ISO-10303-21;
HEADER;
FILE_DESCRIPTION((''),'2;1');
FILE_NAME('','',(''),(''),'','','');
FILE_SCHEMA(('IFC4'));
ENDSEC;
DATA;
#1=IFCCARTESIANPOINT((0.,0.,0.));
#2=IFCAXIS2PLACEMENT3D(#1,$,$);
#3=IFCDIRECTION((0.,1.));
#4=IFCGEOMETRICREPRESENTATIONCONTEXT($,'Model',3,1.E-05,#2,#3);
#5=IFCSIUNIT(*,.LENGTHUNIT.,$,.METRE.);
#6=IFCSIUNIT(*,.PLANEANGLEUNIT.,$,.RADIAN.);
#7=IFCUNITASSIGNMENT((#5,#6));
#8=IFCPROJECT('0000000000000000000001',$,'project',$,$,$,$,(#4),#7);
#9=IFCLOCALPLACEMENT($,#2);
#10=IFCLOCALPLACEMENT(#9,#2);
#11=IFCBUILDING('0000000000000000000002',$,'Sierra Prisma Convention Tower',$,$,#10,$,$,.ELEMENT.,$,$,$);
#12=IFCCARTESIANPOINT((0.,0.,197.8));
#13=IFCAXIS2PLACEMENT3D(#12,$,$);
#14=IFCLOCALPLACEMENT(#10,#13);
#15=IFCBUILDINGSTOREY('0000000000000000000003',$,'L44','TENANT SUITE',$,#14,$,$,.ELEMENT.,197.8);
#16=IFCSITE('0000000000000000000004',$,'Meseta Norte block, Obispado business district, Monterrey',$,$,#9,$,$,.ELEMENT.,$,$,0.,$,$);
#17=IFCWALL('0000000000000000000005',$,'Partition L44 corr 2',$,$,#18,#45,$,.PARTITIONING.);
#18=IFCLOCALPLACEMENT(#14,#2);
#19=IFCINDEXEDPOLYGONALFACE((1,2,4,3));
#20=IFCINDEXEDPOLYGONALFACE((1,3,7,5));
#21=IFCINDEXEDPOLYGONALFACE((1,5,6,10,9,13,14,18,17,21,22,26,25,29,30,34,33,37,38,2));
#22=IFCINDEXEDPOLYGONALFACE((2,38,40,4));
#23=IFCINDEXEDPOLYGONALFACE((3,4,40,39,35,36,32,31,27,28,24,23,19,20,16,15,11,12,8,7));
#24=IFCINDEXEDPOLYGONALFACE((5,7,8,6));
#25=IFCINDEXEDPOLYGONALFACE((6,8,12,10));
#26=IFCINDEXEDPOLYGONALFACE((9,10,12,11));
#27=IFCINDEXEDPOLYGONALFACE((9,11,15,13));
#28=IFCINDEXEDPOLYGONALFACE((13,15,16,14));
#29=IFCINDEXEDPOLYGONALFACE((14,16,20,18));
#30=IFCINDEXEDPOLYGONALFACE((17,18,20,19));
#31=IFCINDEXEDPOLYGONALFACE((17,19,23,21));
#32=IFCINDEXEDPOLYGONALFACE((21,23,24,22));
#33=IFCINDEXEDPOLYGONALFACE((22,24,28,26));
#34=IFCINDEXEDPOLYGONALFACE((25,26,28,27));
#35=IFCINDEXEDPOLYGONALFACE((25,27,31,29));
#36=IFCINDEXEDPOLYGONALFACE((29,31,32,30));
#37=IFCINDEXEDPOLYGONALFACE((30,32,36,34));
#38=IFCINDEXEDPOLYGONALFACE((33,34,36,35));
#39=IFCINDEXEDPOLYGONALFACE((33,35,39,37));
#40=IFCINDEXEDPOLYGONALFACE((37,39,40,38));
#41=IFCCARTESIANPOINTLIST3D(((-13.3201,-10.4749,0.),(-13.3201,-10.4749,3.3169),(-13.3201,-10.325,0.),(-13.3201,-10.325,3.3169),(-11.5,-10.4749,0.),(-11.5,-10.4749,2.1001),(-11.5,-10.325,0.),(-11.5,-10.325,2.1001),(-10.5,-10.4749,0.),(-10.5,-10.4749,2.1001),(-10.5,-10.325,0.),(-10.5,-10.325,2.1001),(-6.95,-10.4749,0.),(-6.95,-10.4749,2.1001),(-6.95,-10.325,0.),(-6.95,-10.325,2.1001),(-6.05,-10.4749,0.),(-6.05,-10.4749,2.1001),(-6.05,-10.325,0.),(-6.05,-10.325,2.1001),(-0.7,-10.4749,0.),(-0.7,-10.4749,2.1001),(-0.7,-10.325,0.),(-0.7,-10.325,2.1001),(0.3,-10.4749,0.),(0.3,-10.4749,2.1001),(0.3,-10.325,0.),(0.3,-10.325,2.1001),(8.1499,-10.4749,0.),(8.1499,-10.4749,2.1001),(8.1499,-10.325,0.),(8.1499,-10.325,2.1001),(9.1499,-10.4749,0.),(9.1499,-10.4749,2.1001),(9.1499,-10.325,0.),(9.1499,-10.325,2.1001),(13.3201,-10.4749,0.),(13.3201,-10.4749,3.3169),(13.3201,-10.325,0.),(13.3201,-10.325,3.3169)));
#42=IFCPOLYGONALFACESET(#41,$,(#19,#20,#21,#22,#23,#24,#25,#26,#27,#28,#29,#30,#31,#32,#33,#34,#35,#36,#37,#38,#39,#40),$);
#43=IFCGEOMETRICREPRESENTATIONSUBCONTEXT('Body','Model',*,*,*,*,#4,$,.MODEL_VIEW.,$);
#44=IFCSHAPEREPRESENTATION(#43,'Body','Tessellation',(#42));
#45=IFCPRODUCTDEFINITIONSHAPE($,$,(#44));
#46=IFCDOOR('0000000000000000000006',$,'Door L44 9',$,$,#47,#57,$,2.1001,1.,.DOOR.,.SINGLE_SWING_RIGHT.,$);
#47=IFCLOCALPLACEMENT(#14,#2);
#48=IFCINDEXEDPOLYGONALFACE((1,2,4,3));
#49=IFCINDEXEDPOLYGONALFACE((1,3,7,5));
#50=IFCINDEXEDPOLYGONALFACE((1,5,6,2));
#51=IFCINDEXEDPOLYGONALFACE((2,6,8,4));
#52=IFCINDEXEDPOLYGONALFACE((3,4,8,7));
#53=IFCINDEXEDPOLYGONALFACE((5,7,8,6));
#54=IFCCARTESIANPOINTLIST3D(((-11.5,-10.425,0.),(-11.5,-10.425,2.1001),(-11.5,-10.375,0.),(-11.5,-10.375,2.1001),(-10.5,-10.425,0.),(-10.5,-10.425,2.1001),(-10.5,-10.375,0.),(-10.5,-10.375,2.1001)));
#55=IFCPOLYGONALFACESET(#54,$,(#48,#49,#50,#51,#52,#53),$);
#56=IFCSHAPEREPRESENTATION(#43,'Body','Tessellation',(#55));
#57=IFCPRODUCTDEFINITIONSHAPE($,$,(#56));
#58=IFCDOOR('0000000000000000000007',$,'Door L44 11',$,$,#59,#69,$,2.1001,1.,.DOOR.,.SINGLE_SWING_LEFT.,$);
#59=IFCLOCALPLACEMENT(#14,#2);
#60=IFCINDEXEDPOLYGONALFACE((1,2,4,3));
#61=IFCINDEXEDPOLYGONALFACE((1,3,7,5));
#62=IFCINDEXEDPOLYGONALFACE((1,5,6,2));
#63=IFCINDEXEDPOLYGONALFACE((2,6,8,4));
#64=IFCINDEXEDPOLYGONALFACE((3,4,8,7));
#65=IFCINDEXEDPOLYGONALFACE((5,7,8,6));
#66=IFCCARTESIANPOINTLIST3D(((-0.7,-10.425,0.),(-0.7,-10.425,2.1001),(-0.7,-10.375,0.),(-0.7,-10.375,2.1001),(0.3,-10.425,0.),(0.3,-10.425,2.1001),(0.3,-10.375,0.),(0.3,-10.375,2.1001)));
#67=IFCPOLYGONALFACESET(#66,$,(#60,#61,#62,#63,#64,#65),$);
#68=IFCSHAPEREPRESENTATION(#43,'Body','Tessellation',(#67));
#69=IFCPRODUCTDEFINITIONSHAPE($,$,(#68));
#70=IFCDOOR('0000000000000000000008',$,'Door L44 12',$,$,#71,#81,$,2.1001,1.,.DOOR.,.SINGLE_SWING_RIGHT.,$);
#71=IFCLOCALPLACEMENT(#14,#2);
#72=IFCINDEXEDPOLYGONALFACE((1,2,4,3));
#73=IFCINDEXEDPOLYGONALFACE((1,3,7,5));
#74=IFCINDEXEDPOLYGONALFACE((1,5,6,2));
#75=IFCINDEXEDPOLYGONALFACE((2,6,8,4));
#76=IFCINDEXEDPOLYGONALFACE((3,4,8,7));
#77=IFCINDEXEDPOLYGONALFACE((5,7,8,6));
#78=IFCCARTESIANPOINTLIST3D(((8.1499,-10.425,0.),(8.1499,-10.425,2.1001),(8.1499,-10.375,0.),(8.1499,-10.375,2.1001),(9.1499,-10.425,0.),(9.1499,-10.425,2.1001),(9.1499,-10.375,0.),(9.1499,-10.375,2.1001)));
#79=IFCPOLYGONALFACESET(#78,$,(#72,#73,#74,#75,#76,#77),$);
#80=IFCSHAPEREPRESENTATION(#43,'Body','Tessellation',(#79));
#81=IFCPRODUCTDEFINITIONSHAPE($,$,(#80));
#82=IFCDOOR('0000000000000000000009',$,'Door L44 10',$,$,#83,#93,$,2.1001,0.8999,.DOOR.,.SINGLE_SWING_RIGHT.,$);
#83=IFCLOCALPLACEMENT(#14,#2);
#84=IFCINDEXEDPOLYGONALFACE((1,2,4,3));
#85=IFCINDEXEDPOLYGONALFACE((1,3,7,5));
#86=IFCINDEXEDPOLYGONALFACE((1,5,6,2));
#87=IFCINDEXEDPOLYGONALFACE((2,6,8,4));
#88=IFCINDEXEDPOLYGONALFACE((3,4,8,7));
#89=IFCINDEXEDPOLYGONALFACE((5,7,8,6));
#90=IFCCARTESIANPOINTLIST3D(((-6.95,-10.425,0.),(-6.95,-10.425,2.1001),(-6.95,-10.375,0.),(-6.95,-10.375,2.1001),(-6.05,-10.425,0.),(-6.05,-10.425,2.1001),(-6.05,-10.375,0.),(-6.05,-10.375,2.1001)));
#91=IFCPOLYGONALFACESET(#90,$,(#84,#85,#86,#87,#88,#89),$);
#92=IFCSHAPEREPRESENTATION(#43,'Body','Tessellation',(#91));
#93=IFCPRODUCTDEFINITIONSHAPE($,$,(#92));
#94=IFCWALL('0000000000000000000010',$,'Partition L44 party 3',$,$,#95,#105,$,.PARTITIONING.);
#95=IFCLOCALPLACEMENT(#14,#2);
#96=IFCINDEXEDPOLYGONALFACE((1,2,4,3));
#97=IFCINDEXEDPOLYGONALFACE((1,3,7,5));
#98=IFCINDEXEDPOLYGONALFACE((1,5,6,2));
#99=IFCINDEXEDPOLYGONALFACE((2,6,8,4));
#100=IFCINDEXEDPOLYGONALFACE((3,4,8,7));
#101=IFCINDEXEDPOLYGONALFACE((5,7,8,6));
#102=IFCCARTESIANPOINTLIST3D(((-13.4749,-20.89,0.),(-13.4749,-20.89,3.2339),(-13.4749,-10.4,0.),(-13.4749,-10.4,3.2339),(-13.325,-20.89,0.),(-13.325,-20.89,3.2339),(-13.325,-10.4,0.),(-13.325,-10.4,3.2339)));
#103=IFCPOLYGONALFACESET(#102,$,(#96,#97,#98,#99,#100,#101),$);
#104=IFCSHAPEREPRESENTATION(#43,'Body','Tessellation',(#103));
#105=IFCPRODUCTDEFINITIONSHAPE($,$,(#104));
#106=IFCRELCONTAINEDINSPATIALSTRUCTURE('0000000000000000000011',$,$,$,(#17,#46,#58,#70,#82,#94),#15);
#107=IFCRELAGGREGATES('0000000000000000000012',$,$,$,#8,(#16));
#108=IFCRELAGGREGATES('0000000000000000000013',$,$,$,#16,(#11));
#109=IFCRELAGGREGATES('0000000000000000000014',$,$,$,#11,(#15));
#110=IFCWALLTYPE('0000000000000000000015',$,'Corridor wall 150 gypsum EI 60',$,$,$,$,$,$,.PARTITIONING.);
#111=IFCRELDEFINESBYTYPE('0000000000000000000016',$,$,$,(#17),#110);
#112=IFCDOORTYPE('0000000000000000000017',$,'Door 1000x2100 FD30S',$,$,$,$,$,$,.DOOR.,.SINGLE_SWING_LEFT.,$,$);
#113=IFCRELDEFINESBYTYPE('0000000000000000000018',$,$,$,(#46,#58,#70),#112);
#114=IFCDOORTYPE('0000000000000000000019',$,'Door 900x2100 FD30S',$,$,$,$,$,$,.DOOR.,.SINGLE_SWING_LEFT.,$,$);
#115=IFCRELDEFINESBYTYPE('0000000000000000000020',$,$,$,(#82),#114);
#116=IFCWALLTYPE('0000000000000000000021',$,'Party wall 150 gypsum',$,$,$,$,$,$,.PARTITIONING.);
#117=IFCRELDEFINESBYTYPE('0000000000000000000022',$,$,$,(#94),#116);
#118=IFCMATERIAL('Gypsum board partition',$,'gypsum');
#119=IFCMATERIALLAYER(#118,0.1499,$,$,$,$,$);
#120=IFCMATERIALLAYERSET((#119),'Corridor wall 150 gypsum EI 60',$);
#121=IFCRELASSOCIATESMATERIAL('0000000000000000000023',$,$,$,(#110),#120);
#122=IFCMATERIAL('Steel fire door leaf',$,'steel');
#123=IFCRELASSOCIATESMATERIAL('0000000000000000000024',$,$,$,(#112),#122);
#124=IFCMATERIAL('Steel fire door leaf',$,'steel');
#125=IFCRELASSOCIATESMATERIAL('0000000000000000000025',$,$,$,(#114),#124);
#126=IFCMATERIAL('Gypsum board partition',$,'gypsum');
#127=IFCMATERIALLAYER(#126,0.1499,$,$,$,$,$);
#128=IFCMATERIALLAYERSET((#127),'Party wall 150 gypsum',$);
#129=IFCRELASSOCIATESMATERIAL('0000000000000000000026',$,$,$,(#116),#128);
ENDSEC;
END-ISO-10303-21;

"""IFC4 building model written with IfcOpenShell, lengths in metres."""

from ifc_helpers import new_model, si_unit, direction, frame, frame_2d, origin, place, context, subcontext, project, spatial, rectangle, extrude, material, layer, layer_set, type_object, element, fill, save


model = new_model("IFC4")

# Units and contexts
model_context = context("Model", 3, precision=1e-05, world=origin(), true_north=direction((0.0, 1.0)))
body_context = subcontext(model_context, "Body", "Model", "MODEL_VIEW")
ifc_project = project(units=[si_unit("LENGTHUNIT", "METRE"), si_unit("PLANEANGLEUNIT", "RADIAN")], contexts=[model_context])

# Site, building, storey
site_placement = place(None, origin())
site = spatial("IfcSite", under=ifc_project, at=site_placement, Name="Meseta Norte block, Obispado business district, Monterrey", CompositionType="ELEMENT", RefElevation=0.0)
building_placement = place(site_placement, origin())
building = spatial("IfcBuilding", under=site, at=building_placement, Name="Sierra Prisma Convention Tower", CompositionType="ELEMENT")
storey_placement = place(building_placement, frame((0.0, 0.0, 197.8)))
storey = spatial("IfcBuildingStorey", under=building, at=storey_placement, Name="L44", Description="TENANT SUITE", CompositionType="ELEMENT", Elevation=197.8)

# Wall, openings, doors
ifc_material_1 = material(Name="Gypsum board partition", Category="gypsum")
ifc_layer_1 = layer(ifc_material_1, 0.1499)
ifc_layer_set_1 = layer_set([ifc_layer_1], Name="Corridor wall 150 gypsum EI 60")
wall_type_1 = type_object("IfcWallType", Name="Corridor wall 150 gypsum EI 60", PredefinedType="PARTITIONING", material=ifc_layer_set_1)
wall_1_placement = place(storey_placement, frame((-13.3201, -10.3999, 0.0), z_axis=(0.0, 0.0, 1.0), x_axis=(1.0, 0.0, 0.0)))
wall_1 = element("IfcWall", 1, at=wall_1_placement, inside=storey, type_object=wall_type_1, Name="Partition L44 corr 2", PredefinedType="PARTITIONING", context=body_context, shape_type="SweptSolid", body=[
    extrude(rectangle(XDim=26.6401, YDim=0.1499, at=frame_2d((13.3201, 0.0))), origin(), (0.0, 0.0, 1.0), 3.3169),
])
opening_1_placement = place(wall_1_placement, frame((1.8201, 0.0, 0.0)))
opening_1 = element("IfcOpeningElement", 2, at=opening_1_placement, cuts=wall_1, PredefinedType="OPENING", context=body_context, shape_type="SweptSolid", body=[
    extrude(rectangle(XDim=1.0, YDim=2.1001, at=frame_2d((0.5, 1.05))), frame((0.0, 0.075, 0.0), z_axis=(0.0, -1.0, 0.0), x_axis=(1.0, 0.0, 0.0)), (0.0, 0.0, 1.0), 0.1499),
])
opening_2_placement = place(wall_1_placement, frame((6.3701, 0.0, 0.0)))
opening_2 = element("IfcOpeningElement", 3, at=opening_2_placement, cuts=wall_1, PredefinedType="OPENING", context=body_context, shape_type="SweptSolid", body=[
    extrude(rectangle(XDim=0.8999, YDim=2.1001, at=frame_2d((0.45, 1.05))), frame((0.0, 0.075, 0.0), z_axis=(0.0, -1.0, 0.0), x_axis=(1.0, 0.0, 0.0)), (0.0, 0.0, 1.0), 0.1499),
])
opening_3_placement = place(wall_1_placement, frame((12.6201, 0.0, 0.0)))
opening_3 = element("IfcOpeningElement", 4, at=opening_3_placement, cuts=wall_1, PredefinedType="OPENING", context=body_context, shape_type="SweptSolid", body=[
    extrude(rectangle(XDim=1.0, YDim=2.1001, at=frame_2d((0.5, 1.05))), frame((0.0, 0.075, 0.0), z_axis=(0.0, -1.0, 0.0), x_axis=(1.0, 0.0, 0.0)), (0.0, 0.0, 1.0), 0.1499),
])
opening_4_placement = place(wall_1_placement, frame((21.47, 0.0, 0.0)))
opening_4 = element("IfcOpeningElement", 5, at=opening_4_placement, cuts=wall_1, PredefinedType="OPENING", context=body_context, shape_type="SweptSolid", body=[
    extrude(rectangle(XDim=1.0, YDim=2.1001, at=frame_2d((0.5, 1.05))), frame((0.0, 0.075, 0.0), z_axis=(0.0, -1.0, 0.0), x_axis=(1.0, 0.0, 0.0)), (0.0, 0.0, 1.0), 0.1499),
])
ifc_material_2 = material(Name="Steel fire door leaf", Category="steel")
door_type_1 = type_object("IfcDoorType", Name="Door 1000x2100 FD30S", OperationType="SINGLE_SWING_LEFT", PredefinedType="DOOR", material=ifc_material_2)
door_1_placement = place(opening_1_placement, origin())
door_1 = element("IfcDoor", 6, at=door_1_placement, inside=storey, type_object=door_type_1, Name="Door L44 9", OperationType="SINGLE_SWING_RIGHT", OverallHeight=2.1001, OverallWidth=1.0, PredefinedType="DOOR", context=body_context, shape_type="SweptSolid", body=[
    extrude(rectangle(XDim=1.0, YDim=2.1001, at=frame_2d((0.5, 1.05))), frame((0.0, 0.0249, 0.0), z_axis=(0.0, -1.0, 0.0), x_axis=(1.0, 0.0, 0.0)), (0.0, 0.0, 1.0), 0.05),
])
fill(opening_1, door_1)
door_2_placement = place(opening_3_placement, origin())
door_2 = element("IfcDoor", 7, at=door_2_placement, inside=storey, type_object=door_type_1, Name="Door L44 11", OperationType="SINGLE_SWING_LEFT", OverallHeight=2.1001, OverallWidth=1.0, PredefinedType="DOOR", context=body_context, shape_type="SweptSolid", body=[
    extrude(rectangle(XDim=1.0, YDim=2.1001, at=frame_2d((0.5, 1.05))), frame((0.0, 0.0249, 0.0), z_axis=(0.0, -1.0, 0.0), x_axis=(1.0, 0.0, 0.0)), (0.0, 0.0, 1.0), 0.05),
])
fill(opening_3, door_2)
door_3_placement = place(opening_4_placement, origin())
door_3 = element("IfcDoor", 8, at=door_3_placement, inside=storey, type_object=door_type_1, Name="Door L44 12", OperationType="SINGLE_SWING_RIGHT", OverallHeight=2.1001, OverallWidth=1.0, PredefinedType="DOOR", context=body_context, shape_type="SweptSolid", body=[
    extrude(rectangle(XDim=1.0, YDim=2.1001, at=frame_2d((0.5, 1.05))), frame((0.0, 0.0249, 0.0), z_axis=(0.0, -1.0, 0.0), x_axis=(1.0, 0.0, 0.0)), (0.0, 0.0, 1.0), 0.05),
])
fill(opening_4, door_3)
ifc_material_3 = material(Name="Steel fire door leaf", Category="steel")
door_type_2 = type_object("IfcDoorType", Name="Door 900x2100 FD30S", OperationType="SINGLE_SWING_LEFT", PredefinedType="DOOR", material=ifc_material_3)
door_4_placement = place(opening_2_placement, origin())
door_4 = element("IfcDoor", 9, at=door_4_placement, inside=storey, type_object=door_type_2, Name="Door L44 10", OperationType="SINGLE_SWING_RIGHT", OverallHeight=2.1001, OverallWidth=0.8999, PredefinedType="DOOR", context=body_context, shape_type="SweptSolid", body=[
    extrude(rectangle(XDim=0.8999, YDim=2.1001, at=frame_2d((0.45, 1.05))), frame((0.0, 0.0249, 0.0), z_axis=(0.0, -1.0, 0.0), x_axis=(1.0, 0.0, 0.0)), (0.0, 0.0, 1.0), 0.05),
])
fill(opening_2, door_4)

# Wall
ifc_material_4 = material(Name="Gypsum board partition", Category="gypsum")
ifc_layer_2 = layer(ifc_material_4, 0.1499)
ifc_layer_set_2 = layer_set([ifc_layer_2], Name="Party wall 150 gypsum")
wall_type_2 = type_object("IfcWallType", Name="Party wall 150 gypsum", PredefinedType="PARTITIONING", material=ifc_layer_set_2)
wall_2_placement = place(storey_placement, frame((-13.3999, -10.3999, 0.0), z_axis=(0.0, 0.0, 1.0), x_axis=(0.0, -1.0, 0.0)))
element("IfcWall", 10, at=wall_2_placement, inside=storey, type_object=wall_type_2, Name="Partition L44 party 3", PredefinedType="PARTITIONING", context=body_context, shape_type="SweptSolid", body=[
    extrude(rectangle(XDim=10.49, YDim=0.1499, at=frame_2d((5.2451, 0.0))), origin(), (0.0, 0.0, 1.0), 3.2339),
])

save(model, "model.ifc")
